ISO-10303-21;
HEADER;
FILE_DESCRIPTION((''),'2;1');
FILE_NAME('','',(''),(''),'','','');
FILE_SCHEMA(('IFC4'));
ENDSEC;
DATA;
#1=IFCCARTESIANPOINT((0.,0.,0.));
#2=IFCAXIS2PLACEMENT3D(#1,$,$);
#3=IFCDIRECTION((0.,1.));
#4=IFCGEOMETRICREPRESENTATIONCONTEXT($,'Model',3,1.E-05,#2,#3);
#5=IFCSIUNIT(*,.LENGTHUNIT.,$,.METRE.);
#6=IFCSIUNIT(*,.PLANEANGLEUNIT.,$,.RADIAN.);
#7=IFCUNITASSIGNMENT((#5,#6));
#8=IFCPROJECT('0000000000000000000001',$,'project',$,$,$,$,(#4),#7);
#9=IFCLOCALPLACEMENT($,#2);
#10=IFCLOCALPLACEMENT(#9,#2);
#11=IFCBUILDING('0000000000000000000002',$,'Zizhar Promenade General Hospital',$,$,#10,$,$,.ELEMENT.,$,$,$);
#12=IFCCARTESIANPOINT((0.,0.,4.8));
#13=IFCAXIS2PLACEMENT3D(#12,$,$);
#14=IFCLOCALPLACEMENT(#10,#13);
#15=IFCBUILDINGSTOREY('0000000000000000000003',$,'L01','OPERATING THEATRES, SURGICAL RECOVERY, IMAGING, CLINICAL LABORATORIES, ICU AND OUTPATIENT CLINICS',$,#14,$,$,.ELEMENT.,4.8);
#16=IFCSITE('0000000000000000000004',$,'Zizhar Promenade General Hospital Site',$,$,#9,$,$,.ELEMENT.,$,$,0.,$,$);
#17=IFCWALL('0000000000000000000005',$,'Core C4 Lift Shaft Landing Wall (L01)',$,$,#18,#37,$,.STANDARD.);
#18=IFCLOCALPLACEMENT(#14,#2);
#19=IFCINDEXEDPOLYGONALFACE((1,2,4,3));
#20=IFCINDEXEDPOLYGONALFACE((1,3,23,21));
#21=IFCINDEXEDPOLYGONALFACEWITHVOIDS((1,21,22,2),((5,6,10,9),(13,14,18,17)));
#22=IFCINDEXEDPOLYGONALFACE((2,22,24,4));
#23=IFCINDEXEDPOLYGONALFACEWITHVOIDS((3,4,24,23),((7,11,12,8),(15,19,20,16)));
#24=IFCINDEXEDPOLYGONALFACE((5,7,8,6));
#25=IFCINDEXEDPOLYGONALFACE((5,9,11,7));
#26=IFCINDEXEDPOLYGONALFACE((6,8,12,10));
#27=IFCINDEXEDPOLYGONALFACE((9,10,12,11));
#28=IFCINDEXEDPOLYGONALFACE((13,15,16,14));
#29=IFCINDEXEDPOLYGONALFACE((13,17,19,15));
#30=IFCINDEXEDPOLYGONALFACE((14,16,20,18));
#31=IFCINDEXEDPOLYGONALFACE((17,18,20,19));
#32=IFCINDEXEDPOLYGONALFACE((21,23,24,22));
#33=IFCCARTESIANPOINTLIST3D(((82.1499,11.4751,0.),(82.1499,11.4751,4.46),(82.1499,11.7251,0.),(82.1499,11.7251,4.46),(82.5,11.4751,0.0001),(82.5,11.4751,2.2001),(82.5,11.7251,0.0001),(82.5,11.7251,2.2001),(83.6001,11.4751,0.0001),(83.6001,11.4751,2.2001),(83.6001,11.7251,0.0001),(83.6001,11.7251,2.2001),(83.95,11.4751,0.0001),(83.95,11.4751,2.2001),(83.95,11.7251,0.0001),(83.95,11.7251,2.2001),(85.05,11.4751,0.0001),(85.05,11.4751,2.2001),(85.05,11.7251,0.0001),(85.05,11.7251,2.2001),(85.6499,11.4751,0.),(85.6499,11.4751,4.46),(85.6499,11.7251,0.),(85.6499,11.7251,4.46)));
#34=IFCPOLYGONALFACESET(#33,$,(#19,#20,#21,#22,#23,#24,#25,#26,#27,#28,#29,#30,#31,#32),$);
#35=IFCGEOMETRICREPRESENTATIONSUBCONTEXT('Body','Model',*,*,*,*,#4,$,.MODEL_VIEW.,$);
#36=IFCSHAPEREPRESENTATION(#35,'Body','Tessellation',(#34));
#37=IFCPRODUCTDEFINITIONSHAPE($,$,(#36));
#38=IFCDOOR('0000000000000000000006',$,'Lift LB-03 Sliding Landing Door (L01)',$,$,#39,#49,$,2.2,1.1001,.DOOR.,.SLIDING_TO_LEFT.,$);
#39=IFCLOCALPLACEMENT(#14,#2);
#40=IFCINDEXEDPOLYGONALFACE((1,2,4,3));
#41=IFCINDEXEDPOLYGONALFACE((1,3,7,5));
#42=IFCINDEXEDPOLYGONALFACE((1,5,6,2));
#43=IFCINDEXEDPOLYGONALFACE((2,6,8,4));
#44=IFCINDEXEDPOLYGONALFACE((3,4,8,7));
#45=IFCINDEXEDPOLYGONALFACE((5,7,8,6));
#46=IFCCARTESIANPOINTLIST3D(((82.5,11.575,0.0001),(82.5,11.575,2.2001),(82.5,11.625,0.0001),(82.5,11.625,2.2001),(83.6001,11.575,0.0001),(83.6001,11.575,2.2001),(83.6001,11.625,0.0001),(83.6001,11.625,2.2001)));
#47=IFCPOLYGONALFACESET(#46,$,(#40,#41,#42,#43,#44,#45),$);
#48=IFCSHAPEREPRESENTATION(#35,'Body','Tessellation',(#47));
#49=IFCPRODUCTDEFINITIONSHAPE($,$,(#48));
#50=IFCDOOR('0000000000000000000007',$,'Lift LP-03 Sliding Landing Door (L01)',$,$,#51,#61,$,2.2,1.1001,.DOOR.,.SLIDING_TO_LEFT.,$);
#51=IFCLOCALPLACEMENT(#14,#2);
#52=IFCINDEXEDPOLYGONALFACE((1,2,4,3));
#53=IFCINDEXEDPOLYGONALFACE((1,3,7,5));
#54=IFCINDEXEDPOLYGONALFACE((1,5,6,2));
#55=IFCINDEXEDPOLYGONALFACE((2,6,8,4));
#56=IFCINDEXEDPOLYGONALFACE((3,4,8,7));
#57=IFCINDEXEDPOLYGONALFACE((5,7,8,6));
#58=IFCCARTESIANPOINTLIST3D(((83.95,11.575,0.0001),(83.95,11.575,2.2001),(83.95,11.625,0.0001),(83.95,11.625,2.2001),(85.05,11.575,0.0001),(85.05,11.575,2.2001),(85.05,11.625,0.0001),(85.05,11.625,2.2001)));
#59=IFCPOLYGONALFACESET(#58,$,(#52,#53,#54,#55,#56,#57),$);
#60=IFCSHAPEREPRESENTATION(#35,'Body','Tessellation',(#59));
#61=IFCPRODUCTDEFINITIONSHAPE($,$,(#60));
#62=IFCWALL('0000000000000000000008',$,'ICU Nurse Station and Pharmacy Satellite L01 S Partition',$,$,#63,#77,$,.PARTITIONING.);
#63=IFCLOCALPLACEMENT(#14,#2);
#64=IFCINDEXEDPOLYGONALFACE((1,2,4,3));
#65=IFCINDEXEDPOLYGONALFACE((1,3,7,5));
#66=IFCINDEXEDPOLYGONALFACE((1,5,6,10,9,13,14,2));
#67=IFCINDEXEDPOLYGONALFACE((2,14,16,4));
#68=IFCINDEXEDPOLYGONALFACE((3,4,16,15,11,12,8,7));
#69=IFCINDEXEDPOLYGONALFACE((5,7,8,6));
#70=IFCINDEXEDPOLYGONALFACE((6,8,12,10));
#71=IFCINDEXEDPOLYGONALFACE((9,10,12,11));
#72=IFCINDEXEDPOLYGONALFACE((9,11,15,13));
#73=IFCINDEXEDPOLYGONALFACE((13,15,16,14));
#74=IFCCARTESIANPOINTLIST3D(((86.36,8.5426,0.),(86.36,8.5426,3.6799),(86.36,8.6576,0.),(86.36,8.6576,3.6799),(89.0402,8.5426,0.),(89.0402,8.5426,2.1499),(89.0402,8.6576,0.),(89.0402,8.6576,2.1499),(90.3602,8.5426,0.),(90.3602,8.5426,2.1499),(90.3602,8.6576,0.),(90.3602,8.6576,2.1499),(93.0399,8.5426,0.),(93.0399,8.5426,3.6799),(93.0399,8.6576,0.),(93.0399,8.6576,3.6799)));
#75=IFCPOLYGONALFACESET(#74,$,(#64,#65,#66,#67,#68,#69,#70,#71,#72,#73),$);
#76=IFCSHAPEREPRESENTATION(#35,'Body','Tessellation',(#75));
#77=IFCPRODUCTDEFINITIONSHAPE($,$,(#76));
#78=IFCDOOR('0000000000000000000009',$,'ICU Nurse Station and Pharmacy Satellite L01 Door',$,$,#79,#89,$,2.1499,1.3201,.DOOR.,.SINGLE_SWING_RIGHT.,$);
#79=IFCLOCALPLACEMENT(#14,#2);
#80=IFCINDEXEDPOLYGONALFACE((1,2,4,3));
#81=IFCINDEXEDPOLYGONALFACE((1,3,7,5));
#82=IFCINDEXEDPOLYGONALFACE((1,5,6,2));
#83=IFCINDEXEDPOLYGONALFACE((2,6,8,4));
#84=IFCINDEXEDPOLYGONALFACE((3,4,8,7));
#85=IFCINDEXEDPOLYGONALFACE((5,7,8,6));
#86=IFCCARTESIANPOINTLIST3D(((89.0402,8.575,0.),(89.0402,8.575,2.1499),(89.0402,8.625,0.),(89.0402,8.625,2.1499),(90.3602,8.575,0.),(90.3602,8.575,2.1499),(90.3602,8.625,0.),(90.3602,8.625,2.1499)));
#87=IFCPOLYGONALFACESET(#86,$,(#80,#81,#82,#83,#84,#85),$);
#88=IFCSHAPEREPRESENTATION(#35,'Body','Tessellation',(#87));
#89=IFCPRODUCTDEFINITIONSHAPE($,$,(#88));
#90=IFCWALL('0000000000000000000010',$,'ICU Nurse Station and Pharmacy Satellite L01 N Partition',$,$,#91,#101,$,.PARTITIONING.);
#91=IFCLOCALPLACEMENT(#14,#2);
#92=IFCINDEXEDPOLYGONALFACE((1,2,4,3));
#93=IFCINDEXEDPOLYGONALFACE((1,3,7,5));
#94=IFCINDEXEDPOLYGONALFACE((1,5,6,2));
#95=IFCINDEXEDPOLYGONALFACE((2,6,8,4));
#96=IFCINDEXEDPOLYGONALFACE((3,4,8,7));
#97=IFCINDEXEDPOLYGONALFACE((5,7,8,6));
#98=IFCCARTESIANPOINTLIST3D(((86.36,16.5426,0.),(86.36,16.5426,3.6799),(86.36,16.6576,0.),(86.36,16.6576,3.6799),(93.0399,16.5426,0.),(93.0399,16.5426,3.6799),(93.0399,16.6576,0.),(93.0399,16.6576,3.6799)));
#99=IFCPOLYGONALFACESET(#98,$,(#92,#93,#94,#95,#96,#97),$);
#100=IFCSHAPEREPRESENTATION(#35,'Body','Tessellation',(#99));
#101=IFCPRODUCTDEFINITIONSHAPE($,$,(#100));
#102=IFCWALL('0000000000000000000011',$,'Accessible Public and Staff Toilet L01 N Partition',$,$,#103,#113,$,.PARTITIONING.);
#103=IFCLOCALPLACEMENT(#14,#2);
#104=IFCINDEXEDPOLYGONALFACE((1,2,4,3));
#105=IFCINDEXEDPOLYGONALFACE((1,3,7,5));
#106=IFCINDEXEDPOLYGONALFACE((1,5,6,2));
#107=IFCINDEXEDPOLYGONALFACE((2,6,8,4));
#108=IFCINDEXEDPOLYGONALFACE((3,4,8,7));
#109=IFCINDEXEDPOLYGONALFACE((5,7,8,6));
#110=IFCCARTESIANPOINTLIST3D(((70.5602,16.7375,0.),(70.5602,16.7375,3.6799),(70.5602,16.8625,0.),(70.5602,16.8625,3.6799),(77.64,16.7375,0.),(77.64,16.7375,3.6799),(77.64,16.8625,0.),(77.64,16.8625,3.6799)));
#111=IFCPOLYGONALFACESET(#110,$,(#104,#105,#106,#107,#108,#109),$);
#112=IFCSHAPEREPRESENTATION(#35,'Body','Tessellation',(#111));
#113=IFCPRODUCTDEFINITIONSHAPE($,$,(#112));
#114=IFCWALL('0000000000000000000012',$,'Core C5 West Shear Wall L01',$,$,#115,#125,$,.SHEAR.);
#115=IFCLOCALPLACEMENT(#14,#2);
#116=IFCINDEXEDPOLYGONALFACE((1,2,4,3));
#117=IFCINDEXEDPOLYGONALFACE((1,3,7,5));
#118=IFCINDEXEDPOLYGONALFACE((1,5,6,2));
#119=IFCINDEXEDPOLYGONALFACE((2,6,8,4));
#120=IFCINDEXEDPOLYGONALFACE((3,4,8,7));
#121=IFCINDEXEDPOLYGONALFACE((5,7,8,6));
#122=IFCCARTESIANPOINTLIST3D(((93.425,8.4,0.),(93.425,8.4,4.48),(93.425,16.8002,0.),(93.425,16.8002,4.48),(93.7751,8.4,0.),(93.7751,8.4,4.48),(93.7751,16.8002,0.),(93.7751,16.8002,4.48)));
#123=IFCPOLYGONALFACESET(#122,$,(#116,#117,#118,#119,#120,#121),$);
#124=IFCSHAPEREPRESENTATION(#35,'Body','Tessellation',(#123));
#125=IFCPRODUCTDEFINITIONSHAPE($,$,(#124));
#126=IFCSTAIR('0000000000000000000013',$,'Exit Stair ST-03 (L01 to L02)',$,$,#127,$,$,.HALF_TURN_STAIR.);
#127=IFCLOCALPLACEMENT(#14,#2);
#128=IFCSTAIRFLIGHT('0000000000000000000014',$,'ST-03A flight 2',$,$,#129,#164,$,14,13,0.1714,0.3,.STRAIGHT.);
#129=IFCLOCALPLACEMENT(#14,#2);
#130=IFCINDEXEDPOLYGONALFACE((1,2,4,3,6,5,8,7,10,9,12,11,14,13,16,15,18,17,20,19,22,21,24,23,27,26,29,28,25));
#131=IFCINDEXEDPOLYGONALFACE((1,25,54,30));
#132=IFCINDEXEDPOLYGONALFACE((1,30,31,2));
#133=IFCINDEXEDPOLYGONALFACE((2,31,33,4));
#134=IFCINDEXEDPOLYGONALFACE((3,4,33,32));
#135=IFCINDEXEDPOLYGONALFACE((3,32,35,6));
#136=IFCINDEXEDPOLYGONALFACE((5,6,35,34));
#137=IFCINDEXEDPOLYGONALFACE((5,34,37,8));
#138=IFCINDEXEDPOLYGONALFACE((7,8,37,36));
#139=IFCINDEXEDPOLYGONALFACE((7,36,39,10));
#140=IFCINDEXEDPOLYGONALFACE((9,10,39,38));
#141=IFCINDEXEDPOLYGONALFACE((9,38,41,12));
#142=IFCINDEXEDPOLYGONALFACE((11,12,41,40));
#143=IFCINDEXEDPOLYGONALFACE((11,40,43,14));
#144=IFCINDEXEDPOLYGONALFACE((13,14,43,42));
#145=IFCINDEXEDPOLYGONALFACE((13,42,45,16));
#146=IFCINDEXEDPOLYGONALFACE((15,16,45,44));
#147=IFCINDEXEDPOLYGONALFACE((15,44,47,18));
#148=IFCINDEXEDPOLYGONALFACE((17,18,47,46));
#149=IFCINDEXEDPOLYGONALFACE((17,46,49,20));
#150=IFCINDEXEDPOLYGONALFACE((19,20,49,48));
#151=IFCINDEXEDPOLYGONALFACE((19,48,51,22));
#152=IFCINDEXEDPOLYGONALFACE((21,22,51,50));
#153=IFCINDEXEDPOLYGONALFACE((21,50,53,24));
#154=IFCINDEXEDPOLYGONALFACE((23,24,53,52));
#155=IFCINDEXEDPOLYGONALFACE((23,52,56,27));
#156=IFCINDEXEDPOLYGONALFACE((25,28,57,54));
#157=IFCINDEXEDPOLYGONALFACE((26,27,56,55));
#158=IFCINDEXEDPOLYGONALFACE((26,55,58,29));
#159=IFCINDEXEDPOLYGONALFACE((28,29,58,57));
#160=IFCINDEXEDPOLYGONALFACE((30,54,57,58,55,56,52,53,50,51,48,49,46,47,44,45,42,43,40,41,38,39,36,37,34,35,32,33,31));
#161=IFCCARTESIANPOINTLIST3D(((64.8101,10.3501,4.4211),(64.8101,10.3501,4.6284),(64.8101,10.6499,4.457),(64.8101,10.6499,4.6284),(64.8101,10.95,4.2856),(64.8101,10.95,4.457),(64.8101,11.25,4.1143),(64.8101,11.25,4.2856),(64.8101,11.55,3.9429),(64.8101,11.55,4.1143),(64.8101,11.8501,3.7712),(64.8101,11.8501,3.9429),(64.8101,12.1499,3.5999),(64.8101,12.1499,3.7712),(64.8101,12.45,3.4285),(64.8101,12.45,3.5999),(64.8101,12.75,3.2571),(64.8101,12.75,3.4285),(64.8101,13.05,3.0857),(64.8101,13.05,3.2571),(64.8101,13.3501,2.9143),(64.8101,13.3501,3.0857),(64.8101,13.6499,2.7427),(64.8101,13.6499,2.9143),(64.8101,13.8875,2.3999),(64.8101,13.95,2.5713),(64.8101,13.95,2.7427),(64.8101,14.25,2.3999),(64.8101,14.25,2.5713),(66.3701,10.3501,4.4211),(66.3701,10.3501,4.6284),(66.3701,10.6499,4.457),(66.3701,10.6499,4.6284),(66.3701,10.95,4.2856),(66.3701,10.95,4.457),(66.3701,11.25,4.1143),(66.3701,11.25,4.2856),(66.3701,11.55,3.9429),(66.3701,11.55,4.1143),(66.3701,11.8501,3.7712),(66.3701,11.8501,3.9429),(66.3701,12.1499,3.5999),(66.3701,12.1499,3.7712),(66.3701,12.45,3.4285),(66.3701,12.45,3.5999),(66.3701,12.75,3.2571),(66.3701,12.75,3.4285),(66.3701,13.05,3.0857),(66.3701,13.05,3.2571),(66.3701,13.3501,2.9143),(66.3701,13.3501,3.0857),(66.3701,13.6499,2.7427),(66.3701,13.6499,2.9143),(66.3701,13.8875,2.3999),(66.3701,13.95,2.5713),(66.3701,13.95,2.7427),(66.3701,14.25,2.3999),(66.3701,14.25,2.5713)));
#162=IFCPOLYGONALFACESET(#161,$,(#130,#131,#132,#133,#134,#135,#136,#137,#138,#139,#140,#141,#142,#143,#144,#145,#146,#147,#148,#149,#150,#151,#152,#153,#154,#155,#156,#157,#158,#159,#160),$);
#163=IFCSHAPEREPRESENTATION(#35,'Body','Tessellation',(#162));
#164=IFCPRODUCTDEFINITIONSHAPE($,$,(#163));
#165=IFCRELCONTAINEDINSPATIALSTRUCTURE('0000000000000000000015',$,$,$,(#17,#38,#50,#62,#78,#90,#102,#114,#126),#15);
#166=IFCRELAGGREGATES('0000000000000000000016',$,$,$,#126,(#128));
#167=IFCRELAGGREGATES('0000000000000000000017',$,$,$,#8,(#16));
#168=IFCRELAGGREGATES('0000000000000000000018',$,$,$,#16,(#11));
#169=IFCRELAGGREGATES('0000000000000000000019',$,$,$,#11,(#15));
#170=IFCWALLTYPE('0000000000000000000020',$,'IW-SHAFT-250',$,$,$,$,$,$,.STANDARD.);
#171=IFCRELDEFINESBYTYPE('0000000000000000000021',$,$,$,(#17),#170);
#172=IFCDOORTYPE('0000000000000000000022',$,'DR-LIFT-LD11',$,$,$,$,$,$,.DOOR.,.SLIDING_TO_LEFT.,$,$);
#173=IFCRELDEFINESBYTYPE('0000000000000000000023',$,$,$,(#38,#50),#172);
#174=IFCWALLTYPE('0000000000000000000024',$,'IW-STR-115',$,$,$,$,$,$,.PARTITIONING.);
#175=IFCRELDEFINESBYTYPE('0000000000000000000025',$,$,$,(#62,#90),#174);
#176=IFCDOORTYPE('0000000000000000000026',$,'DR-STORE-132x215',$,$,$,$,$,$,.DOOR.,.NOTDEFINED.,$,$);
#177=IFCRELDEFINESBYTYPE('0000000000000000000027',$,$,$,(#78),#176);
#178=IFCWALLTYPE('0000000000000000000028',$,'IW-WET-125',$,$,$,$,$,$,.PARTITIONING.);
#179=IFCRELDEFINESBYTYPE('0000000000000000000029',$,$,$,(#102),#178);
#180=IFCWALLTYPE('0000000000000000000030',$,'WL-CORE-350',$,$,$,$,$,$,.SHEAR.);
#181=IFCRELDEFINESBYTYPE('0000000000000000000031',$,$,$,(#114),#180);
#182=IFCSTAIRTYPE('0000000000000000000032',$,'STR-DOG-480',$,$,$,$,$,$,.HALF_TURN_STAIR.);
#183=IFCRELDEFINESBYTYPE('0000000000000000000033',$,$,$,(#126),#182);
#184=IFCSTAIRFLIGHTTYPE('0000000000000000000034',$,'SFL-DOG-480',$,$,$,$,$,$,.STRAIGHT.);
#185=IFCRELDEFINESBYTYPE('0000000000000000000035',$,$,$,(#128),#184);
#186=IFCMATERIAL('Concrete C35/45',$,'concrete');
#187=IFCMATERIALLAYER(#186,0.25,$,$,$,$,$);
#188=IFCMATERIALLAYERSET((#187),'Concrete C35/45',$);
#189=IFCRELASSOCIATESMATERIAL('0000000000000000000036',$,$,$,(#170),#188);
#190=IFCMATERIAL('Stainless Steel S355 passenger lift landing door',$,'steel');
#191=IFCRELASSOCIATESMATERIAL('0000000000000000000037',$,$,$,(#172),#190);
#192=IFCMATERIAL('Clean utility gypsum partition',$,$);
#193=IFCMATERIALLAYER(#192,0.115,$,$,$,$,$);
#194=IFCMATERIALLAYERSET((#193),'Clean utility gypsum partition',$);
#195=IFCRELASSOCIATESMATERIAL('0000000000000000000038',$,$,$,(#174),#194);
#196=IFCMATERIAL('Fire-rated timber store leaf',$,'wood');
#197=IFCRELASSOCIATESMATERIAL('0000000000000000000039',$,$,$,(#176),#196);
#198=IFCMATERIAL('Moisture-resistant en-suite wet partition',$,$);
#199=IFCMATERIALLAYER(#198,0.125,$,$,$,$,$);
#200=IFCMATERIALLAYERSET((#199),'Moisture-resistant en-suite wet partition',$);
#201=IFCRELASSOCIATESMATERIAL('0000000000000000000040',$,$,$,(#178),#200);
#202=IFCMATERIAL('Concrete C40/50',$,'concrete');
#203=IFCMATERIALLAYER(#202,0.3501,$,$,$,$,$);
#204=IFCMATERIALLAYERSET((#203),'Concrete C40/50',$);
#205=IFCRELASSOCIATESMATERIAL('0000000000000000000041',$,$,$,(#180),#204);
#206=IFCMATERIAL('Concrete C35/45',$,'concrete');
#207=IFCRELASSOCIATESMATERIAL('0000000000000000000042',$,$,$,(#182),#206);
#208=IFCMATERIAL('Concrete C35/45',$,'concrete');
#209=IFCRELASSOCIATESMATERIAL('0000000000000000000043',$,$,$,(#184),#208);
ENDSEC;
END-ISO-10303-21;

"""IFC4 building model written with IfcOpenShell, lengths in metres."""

from ifc_helpers import new_model, si_unit, direction, frame, frame_2d, origin, place, context, subcontext, project, spatial, polyline, rectangle, outline, extrude, material, layer, layer_set, type_object, element, fill, aggregate, save


model = new_model("IFC4")

# Units and contexts
model_context = context("Model", 3, precision=1e-05, world=origin(), true_north=direction((0.0, 1.0)))
body_context = subcontext(model_context, "Body", "Model", "MODEL_VIEW")
ifc_project = project(units=[si_unit("LENGTHUNIT", "METRE"), si_unit("PLANEANGLEUNIT", "RADIAN")], contexts=[model_context])

# Site, building, storey
site_placement = place(None, origin())
site = spatial("IfcSite", under=ifc_project, at=site_placement, Name="Zizhar Promenade General Hospital Site", CompositionType="ELEMENT", RefElevation=0.0)
building_placement = place(site_placement, origin())
building = spatial("IfcBuilding", under=site, at=building_placement, Name="Zizhar Promenade General Hospital", CompositionType="ELEMENT")
storey_placement = place(building_placement, frame((0.0, 0.0, 4.8)))
storey = spatial("IfcBuildingStorey", under=building, at=storey_placement, Name="L01", Description="OPERATING THEATRES, SURGICAL RECOVERY, IMAGING, CLINICAL LABORATORIES, ICU AND OUTPATIENT CLINICS", CompositionType="ELEMENT", Elevation=4.8)

# Wall, openings, doors
ifc_material_1 = material(Name="Concrete C35/45", Category="concrete")
ifc_layer_1 = layer(ifc_material_1, 0.25)
ifc_layer_set_1 = layer_set([ifc_layer_1], Name="Concrete C35/45")
wall_type_1 = type_object("IfcWallType", Name="IW-SHAFT-250", PredefinedType="STANDARD", material=ifc_layer_set_1)
ifc_material_2 = material(Name="Stainless Steel S355 passenger lift landing door", Category="steel")
door_type_1 = type_object("IfcDoorType", Name="DR-LIFT-LD11", OperationType="SLIDING_TO_LEFT", PredefinedType="DOOR", material=ifc_material_2)
wall_1_placement = place(storey_placement, frame((82.1499, 11.6001, 0.0), z_axis=(0.0, 0.0, 1.0), x_axis=(1.0, 0.0, 0.0)))
wall_1 = element("IfcWall", 1, at=wall_1_placement, inside=storey, type_object=wall_type_1, Name="Core C4 Lift Shaft Landing Wall (L01)", PredefinedType="STANDARD", context=body_context, shape_type="SweptSolid", body=[
    extrude(rectangle(XDim=3.5, YDim=0.25, at=frame_2d((1.75, 0.0))), origin(), (0.0, 0.0, 1.0), 4.46),
])
opening_1_placement = place(wall_1_placement, frame((0.3501, 0.0, 0.0)))
opening_1 = element("IfcOpeningElement", 2, at=opening_1_placement, cuts=wall_1, PredefinedType="OPENING", context=body_context, shape_type="SweptSolid", body=[
    extrude(rectangle(XDim=1.1001, YDim=2.2, at=frame_2d((0.55, 1.1001))), frame((0.0, 0.135, 0.0), z_axis=(0.0, -1.0, 0.0), x_axis=(1.0, 0.0, 0.0)), (0.0, 0.0, 1.0), 0.27),
])
opening_2_placement = place(wall_1_placement, frame((1.8, 0.0, 0.0)))
opening_2 = element("IfcOpeningElement", 3, at=opening_2_placement, cuts=wall_1, PredefinedType="OPENING", context=body_context, shape_type="SweptSolid", body=[
    extrude(rectangle(XDim=1.1001, YDim=2.2, at=frame_2d((0.55, 1.1001))), frame((0.0, 0.135, 0.0), z_axis=(0.0, -1.0, 0.0), x_axis=(1.0, 0.0, 0.0)), (0.0, 0.0, 1.0), 0.27),
])
door_1_placement = place(opening_1_placement, origin())
door_1 = element("IfcDoor", 4, at=door_1_placement, inside=storey, type_object=door_type_1, Name="Lift LB-03 Sliding Landing Door (L01)", OperationType="SLIDING_TO_LEFT", OverallHeight=2.2, OverallWidth=1.1001, PredefinedType="DOOR", context=body_context, shape_type="SweptSolid", body=[
    extrude(rectangle(XDim=1.1001, YDim=2.2, at=frame_2d((0.55, 1.1001))), frame((0.0, 0.0249, 0.0), z_axis=(0.0, -1.0, 0.0), x_axis=(1.0, 0.0, 0.0)), (0.0, 0.0, 1.0), 0.05),
])
fill(opening_1, door_1)
door_2_placement = place(opening_2_placement, origin())
door_2 = element("IfcDoor", 5, at=door_2_placement, inside=storey, type_object=door_type_1, Name="Lift LP-03 Sliding Landing Door (L01)", OperationType="SLIDING_TO_LEFT", OverallHeight=2.2, OverallWidth=1.1001, PredefinedType="DOOR", context=body_context, shape_type="SweptSolid", body=[
    extrude(rectangle(XDim=1.1001, YDim=2.2, at=frame_2d((0.55, 1.1001))), frame((0.0, 0.0249, 0.0), z_axis=(0.0, -1.0, 0.0), x_axis=(1.0, 0.0, 0.0)), (0.0, 0.0, 1.0), 0.05),
])
fill(opening_2, door_2)

# Wall, opening, door
ifc_material_3 = material(Name="Clean utility gypsum partition")
ifc_layer_2 = layer(ifc_material_3, 0.115)
ifc_layer_set_2 = layer_set([ifc_layer_2], Name="Clean utility gypsum partition")
wall_type_2 = type_object("IfcWallType", Name="IW-STR-115", PredefinedType="PARTITIONING", material=ifc_layer_set_2)
wall_2_placement = place(storey_placement, frame((86.3601, 8.6001, 0.0), z_axis=(0.0, 0.0, 1.0), x_axis=(1.0, 0.0, 0.0)))
wall_2 = element("IfcWall", 6, at=wall_2_placement, inside=storey, type_object=wall_type_2, Name="ICU Nurse Station and Pharmacy Satellite L01 S Partition", PredefinedType="PARTITIONING", context=body_context, shape_type="SweptSolid", body=[
    extrude(rectangle(XDim=6.6799, YDim=0.115, at=frame_2d((3.3398, 0.0))), origin(), (0.0, 0.0, 1.0), 3.6799),
])
opening_3_placement = place(wall_2_placement, frame((2.6799, 0.0, 0.0)))
opening_3 = element("IfcOpeningElement", 7, at=opening_3_placement, cuts=wall_2, PredefinedType="OPENING", context=body_context, shape_type="SweptSolid", body=[
    extrude(rectangle(XDim=1.3201, YDim=2.1499, at=frame_2d((0.6602, 1.075))), frame((0.0, 0.0674, 0.0), z_axis=(0.0, -1.0, 0.0), x_axis=(1.0, 0.0, 0.0)), (0.0, 0.0, 1.0), 0.135),
])
ifc_material_4 = material(Name="Fire-rated timber store leaf", Category="wood")
door_type_2 = type_object("IfcDoorType", Name="DR-STORE-132x215", OperationType="NOTDEFINED", PredefinedType="DOOR", material=ifc_material_4)
door_3_placement = place(opening_3_placement, origin())
door_3 = element("IfcDoor", 8, at=door_3_placement, inside=storey, type_object=door_type_2, Name="ICU Nurse Station and Pharmacy Satellite L01 Door", OperationType="SINGLE_SWING_RIGHT", OverallHeight=2.1499, OverallWidth=1.3201, PredefinedType="DOOR", context=body_context, shape_type="SweptSolid", body=[
    extrude(rectangle(XDim=1.3201, YDim=2.1499, at=frame_2d((0.6602, 1.075))), frame((0.0, 0.0249, 0.0), z_axis=(0.0, -1.0, 0.0), x_axis=(1.0, 0.0, 0.0)), (0.0, 0.0, 1.0), 0.05),
])
fill(opening_3, door_3)

# Walls
wall_3_placement = place(storey_placement, frame((86.3601, 16.6001, 0.0), z_axis=(0.0, 0.0, 1.0), x_axis=(1.0, 0.0, 0.0)))
element("IfcWall", 9, at=wall_3_placement, inside=storey, type_object=wall_type_2, Name="ICU Nurse Station and Pharmacy Satellite L01 N Partition", PredefinedType="PARTITIONING", context=body_context, shape_type="SweptSolid", body=[
    extrude(rectangle(XDim=6.6799, YDim=0.115, at=frame_2d((3.3398, 0.0))), origin(), (0.0, 0.0, 1.0), 3.6799),
])
ifc_material_5 = material(Name="Moisture-resistant en-suite wet partition")
ifc_layer_3 = layer(ifc_material_5, 0.125)
ifc_layer_set_3 = layer_set([ifc_layer_3], Name="Moisture-resistant en-suite wet partition")
wall_type_3 = type_object("IfcWallType", Name="IW-WET-125", PredefinedType="PARTITIONING", material=ifc_layer_set_3)
wall_4_placement = place(storey_placement, frame((70.5601, 16.8, 0.0), z_axis=(0.0, 0.0, 1.0), x_axis=(1.0, 0.0, 0.0)))
element("IfcWall", 10, at=wall_4_placement, inside=storey, type_object=wall_type_3, Name="Accessible Public and Staff Toilet L01 N Partition", PredefinedType="PARTITIONING", context=body_context, shape_type="SweptSolid", body=[
    extrude(rectangle(XDim=7.0798, YDim=0.125, at=frame_2d((3.54, 0.0))), origin(), (0.0, 0.0, 1.0), 3.6799),
])
ifc_material_6 = material(Name="Concrete C40/50", Category="concrete")
ifc_layer_4 = layer(ifc_material_6, 0.3501)
ifc_layer_set_4 = layer_set([ifc_layer_4], Name="Concrete C40/50")
wall_type_4 = type_object("IfcWallType", Name="WL-CORE-350", PredefinedType="SHEAR", material=ifc_layer_set_4)
wall_5_placement = place(storey_placement, frame((93.6001, 8.3999, 0.0), z_axis=(0.0, 0.0, 1.0), x_axis=(0.0, 1.0, 0.0)))
element("IfcWall", 11, at=wall_5_placement, inside=storey, type_object=wall_type_4, Name="Core C5 West Shear Wall L01", PredefinedType="SHEAR", context=body_context, shape_type="SweptSolid", body=[
    extrude(rectangle(XDim=8.4001, YDim=0.3501, at=frame_2d((4.2002, 0.0))), origin(), (0.0, 0.0, 1.0), 4.48),
])

# Stair, stair flight
ifc_material_7 = material(Name="Concrete C35/45", Category="concrete")
stair_type = type_object("IfcStairType", Name="STR-DOG-480", PredefinedType="HALF_TURN_STAIR", material=ifc_material_7)
stair_1_placement = place(storey_placement, origin())
stair_1 = element("IfcStair", 12, at=stair_1_placement, inside=storey, type_object=stair_type, Name="Exit Stair ST-03 (L01 to L02)", PredefinedType="HALF_TURN_STAIR")
ifc_material_8 = material(Name="Concrete C35/45", Category="concrete")
stair_flight_type = type_object("IfcStairFlightType", Name="SFL-DOG-480", PredefinedType="STRAIGHT", material=ifc_material_8)
stair_flight_1_placement = place(storey_placement, frame((65.5901, 14.25, 2.3999), z_axis=(0.0, 0.0, 1.0), x_axis=(0.0, -1.0, 0.0)))
stair_flight_1 = element("IfcStairFlight", 13, at=stair_flight_1_placement, type_object=stair_flight_type, Name="ST-03A flight 2", NumberOfRisers=14, NumberOfTreads=13, PredefinedType="STRAIGHT", RiserHeight=0.1714, TreadLength=0.3, context=body_context, shape_type="SweptSolid", body=[
    extrude(outline(polyline([(0.0, 0.0), (0.0, 0.1714), (0.3, 0.1714), (0.3, 0.3428), (0.6001, 0.3428), (0.6001, 0.5144), (0.8999, 0.5144), (0.8999, 0.6858), (1.2, 0.6858), (1.2, 0.8572), (1.5, 0.8572), (1.5, 1.0286), (1.8, 1.0286), (1.8, 1.2), (2.1001, 1.2), (2.1001, 1.3713), (2.3999, 1.3713), (2.3999, 1.543), (2.7, 1.543), (2.7, 1.7144), (3.0, 1.7144), (3.0, 1.8857), (3.3, 1.8857), (3.3, 2.0571), (3.6001, 2.0571), (3.6001, 2.2285), (3.8999, 2.2285), (3.8999, 2.3999), (3.8999, 2.0212), (0.3625, 0.0), (0.0, 0.0)])), frame((0.0, 0.78, 0.0), z_axis=(0.0, -1.0, 0.0), x_axis=(1.0, 0.0, 0.0)), (0.0, 0.0, 1.0), 1.5601),
])
aggregate(stair_1, [stair_flight_1])

save(model, "model.ifc")
